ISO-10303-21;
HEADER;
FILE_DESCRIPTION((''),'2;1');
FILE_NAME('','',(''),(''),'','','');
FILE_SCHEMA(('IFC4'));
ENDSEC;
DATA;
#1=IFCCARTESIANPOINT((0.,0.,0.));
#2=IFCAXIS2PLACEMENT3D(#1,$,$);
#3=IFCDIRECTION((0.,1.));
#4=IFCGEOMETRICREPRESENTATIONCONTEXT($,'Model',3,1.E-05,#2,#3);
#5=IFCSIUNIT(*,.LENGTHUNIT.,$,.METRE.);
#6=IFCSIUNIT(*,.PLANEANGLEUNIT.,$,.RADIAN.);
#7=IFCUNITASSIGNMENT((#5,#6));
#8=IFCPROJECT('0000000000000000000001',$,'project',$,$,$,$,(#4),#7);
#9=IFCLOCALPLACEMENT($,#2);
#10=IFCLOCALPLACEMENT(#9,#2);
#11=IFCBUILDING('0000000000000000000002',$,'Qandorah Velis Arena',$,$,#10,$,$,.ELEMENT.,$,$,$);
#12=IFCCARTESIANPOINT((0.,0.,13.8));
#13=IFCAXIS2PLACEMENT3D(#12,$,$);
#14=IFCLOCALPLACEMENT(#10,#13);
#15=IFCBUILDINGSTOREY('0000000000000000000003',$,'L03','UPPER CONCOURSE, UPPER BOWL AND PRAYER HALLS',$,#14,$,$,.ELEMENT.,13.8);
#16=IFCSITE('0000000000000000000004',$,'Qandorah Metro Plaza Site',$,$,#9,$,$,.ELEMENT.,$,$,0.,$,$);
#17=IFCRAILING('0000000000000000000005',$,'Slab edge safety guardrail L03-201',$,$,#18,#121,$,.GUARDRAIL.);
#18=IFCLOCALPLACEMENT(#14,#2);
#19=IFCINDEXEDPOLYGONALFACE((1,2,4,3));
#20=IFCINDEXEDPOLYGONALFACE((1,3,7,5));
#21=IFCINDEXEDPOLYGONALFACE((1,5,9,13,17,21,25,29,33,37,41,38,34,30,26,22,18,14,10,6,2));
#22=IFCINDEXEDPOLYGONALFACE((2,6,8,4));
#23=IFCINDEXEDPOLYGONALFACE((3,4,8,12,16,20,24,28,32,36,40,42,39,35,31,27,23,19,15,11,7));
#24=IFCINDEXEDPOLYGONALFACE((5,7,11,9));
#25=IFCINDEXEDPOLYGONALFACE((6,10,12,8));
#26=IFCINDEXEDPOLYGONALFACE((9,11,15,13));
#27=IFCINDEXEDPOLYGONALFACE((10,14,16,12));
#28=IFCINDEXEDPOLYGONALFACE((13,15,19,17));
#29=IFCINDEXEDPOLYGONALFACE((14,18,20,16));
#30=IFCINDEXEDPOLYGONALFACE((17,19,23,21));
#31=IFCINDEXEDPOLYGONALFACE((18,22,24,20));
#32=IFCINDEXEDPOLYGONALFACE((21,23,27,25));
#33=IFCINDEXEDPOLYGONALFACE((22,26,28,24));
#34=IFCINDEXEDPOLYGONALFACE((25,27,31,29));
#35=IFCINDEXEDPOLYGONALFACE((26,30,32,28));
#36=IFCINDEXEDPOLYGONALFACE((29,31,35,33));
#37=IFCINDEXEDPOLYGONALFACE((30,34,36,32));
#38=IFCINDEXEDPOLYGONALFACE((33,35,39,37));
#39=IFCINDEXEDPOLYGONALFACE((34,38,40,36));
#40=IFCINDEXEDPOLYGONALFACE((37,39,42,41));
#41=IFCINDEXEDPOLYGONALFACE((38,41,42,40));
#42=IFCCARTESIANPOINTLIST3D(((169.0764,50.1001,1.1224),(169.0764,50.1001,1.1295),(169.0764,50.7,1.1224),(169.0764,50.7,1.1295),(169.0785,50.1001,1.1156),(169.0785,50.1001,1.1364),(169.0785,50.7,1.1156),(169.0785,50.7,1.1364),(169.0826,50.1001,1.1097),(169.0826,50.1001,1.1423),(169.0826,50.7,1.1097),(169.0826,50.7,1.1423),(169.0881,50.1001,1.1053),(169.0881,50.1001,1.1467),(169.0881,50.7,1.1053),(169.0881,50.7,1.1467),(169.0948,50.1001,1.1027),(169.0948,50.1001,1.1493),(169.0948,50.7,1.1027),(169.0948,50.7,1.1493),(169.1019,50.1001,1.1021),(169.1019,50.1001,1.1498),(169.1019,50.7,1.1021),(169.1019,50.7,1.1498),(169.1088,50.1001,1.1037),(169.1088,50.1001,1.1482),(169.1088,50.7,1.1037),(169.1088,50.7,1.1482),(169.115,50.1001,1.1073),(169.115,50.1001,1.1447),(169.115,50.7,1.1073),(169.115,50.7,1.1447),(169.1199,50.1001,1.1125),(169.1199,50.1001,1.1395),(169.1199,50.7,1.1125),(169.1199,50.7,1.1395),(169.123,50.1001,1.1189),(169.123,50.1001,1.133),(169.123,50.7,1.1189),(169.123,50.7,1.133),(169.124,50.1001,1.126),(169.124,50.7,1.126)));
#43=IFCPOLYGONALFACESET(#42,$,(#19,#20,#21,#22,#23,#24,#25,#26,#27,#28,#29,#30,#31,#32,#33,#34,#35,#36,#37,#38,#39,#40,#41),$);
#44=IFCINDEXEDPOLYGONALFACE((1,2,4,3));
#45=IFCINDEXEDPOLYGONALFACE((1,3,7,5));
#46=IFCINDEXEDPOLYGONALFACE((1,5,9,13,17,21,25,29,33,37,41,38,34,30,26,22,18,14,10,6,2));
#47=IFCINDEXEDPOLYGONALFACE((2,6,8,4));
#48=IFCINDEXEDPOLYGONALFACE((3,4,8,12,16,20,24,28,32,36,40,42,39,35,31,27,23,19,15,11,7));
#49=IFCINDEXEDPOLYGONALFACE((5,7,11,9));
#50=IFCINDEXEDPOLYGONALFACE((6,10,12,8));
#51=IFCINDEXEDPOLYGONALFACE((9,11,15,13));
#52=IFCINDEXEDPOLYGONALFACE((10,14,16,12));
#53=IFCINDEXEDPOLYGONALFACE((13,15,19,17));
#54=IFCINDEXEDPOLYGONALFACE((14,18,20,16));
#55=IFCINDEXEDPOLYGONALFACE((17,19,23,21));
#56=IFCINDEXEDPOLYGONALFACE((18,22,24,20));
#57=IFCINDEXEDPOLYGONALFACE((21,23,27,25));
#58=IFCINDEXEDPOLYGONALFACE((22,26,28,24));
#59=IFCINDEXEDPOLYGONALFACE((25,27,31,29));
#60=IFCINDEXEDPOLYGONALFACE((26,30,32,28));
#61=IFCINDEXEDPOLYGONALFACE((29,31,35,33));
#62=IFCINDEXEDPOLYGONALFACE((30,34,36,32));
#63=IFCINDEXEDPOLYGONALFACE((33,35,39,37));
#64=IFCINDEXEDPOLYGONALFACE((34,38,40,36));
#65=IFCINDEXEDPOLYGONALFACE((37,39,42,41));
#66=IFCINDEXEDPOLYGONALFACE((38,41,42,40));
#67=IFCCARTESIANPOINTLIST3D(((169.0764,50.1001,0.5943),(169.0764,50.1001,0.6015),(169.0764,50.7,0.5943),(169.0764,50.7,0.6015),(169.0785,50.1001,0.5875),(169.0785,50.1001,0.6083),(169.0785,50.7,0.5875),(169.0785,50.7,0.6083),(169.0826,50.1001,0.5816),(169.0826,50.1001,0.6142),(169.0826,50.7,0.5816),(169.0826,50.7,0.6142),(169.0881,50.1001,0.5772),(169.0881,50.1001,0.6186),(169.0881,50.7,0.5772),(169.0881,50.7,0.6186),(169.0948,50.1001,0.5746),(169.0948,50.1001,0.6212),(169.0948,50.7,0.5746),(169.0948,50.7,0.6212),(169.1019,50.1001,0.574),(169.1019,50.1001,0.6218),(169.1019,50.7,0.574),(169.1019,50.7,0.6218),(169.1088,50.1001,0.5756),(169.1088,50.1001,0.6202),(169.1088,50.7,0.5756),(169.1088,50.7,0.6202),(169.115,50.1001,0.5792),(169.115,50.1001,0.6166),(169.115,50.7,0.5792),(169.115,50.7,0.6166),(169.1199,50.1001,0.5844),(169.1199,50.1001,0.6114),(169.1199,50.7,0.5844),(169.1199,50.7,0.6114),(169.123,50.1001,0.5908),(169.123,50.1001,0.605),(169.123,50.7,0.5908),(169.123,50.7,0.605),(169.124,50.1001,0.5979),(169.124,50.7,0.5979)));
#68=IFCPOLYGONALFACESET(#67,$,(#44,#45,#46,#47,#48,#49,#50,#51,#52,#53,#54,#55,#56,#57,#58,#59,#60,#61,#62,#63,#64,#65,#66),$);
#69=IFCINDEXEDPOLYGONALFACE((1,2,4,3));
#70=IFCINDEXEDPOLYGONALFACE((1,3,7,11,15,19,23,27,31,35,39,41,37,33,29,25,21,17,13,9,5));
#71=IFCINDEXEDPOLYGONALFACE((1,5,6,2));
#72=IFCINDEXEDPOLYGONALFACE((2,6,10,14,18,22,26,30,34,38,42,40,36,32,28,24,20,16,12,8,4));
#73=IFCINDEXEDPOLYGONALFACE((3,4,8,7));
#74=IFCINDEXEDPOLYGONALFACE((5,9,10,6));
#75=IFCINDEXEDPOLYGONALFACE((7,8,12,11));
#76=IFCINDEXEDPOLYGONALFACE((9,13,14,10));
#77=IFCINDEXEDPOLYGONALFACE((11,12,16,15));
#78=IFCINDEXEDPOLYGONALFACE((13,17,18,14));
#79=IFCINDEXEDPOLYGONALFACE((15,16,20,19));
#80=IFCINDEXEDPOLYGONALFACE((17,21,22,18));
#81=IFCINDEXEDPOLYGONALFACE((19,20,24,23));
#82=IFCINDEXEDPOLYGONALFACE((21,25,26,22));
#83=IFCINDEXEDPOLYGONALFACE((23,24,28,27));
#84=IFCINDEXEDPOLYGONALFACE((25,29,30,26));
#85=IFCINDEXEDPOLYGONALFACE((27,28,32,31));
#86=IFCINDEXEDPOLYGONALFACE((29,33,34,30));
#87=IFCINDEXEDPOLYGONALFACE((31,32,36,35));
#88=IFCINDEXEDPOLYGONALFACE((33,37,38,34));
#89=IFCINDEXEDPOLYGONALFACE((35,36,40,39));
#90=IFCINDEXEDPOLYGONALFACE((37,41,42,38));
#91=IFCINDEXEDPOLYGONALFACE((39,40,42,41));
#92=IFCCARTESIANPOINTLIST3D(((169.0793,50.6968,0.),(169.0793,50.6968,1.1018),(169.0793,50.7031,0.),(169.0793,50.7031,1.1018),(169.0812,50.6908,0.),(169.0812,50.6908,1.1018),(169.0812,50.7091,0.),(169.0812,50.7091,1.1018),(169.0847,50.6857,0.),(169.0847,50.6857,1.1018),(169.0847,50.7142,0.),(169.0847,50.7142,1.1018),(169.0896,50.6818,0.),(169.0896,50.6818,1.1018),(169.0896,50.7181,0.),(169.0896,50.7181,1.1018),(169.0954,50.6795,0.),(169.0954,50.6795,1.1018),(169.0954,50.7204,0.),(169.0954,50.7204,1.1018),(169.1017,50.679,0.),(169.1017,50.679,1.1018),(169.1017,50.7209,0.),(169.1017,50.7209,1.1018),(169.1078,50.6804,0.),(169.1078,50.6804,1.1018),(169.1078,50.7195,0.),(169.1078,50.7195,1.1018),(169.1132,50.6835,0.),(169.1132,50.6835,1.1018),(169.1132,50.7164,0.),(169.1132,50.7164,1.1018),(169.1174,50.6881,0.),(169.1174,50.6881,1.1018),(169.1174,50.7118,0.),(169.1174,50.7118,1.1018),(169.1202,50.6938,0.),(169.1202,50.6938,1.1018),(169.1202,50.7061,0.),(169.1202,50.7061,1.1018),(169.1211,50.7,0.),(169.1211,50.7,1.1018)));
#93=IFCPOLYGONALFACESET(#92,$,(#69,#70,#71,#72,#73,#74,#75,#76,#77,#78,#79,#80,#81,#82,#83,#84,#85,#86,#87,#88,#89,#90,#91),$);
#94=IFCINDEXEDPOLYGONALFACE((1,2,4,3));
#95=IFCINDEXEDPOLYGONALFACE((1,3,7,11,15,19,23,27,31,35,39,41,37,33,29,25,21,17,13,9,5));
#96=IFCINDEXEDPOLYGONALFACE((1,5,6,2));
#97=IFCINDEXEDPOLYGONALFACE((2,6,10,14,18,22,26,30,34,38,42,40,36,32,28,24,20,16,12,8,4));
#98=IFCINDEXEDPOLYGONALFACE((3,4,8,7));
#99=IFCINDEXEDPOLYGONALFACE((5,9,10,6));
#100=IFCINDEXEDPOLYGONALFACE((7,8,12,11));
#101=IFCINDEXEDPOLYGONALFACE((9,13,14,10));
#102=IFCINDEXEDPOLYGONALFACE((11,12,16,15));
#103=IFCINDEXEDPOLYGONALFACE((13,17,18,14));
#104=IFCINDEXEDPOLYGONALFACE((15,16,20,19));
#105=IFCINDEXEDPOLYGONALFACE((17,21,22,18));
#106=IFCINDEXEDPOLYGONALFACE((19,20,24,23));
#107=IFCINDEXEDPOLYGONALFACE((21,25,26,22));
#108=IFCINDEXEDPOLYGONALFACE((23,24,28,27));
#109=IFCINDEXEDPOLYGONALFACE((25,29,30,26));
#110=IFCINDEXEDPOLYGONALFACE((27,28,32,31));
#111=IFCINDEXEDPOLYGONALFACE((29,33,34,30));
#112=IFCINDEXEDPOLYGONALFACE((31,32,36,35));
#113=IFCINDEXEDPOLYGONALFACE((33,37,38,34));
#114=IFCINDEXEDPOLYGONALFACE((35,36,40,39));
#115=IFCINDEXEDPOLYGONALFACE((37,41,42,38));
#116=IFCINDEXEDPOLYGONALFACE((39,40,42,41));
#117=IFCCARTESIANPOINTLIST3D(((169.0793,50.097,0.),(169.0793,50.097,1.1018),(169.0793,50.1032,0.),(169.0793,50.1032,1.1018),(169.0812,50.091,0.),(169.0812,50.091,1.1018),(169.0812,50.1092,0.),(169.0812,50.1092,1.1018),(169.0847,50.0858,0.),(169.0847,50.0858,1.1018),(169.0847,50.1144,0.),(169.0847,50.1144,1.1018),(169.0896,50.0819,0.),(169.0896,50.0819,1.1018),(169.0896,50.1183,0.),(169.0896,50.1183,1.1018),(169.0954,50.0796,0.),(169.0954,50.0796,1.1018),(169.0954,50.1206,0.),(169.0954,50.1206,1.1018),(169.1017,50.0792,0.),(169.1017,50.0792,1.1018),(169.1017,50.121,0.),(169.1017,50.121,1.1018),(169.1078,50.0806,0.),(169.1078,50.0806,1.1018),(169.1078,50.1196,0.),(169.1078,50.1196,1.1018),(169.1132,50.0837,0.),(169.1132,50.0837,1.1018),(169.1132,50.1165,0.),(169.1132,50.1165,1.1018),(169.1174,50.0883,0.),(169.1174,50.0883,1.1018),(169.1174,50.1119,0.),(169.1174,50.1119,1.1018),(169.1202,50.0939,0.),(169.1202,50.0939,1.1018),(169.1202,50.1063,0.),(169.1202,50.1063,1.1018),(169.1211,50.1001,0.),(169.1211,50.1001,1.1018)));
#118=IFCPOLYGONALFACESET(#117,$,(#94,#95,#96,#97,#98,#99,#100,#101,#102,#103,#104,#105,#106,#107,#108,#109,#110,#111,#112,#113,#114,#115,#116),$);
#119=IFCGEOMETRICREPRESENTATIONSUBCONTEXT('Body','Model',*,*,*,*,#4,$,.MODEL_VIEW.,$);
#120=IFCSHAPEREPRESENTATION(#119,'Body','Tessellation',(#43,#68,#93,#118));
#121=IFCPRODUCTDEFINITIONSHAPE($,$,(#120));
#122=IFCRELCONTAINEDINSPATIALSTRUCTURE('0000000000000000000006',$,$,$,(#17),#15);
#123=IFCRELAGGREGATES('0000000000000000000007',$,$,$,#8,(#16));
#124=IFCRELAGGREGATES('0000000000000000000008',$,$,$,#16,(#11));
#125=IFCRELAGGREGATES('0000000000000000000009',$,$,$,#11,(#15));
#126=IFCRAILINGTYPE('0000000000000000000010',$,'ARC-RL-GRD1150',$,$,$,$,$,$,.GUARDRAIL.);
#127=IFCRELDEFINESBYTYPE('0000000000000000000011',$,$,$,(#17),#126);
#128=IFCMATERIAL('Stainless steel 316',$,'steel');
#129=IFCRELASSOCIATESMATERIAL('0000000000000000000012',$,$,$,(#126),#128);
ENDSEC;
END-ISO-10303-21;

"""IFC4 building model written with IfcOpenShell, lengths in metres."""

from ifc_helpers import new_model, si_unit, direction, frame, origin, origin_2d, place, context, subcontext, project, spatial, circle, extrude, material, type_object, element, save


model = new_model("IFC4")

# Units and contexts
model_context = context("Model", 3, precision=1e-05, world=origin(), true_north=direction((0.0, 1.0)))
body_context = subcontext(model_context, "Body", "Model", "MODEL_VIEW")
ifc_project = project(units=[si_unit("LENGTHUNIT", "METRE"), si_unit("PLANEANGLEUNIT", "RADIAN")], contexts=[model_context])

# Site, building, storey
site_placement = place(None, origin())
site = spatial("IfcSite", under=ifc_project, at=site_placement, Name="Qandorah Metro Plaza Site", CompositionType="ELEMENT", RefElevation=0.0)
building_placement = place(site_placement, origin())
building = spatial("IfcBuilding", under=site, at=building_placement, Name="Qandorah Velis Arena", CompositionType="ELEMENT")
storey_placement = place(building_placement, frame((0.0, 0.0, 13.8)))
storey = spatial("IfcBuildingStorey", under=building, at=storey_placement, Name="L03", Description="UPPER CONCOURSE, UPPER BOWL AND PRAYER HALLS", CompositionType="ELEMENT", Elevation=13.8)

# Railing
ifc_material_1 = material(Name="Stainless steel 316", Category="steel")
railing_type = type_object("IfcRailingType", Name="ARC-RL-GRD1150", PredefinedType="GUARDRAIL", material=ifc_material_1)
railing_placement = place(storey_placement, frame((169.1001, 50.7, 0.0)))
element("IfcRailing", 1, at=railing_placement, inside=storey, type_object=railing_type, Name="Slab edge safety guardrail L03-201", PredefinedType="GUARDRAIL", context=body_context, shape_type="SweptSolid", body=[
    extrude(circle(Radius=0.0239, at=origin_2d()), frame((0.0, 0.0, 1.126), z_axis=(0.0, -1.0, 0.0), x_axis=(1.0, 0.0, 0.0)), (0.0, 0.0, 1.0), 0.5999),
    extrude(circle(Radius=0.0239, at=origin_2d()), frame((0.0, 0.0, 0.5979), z_axis=(0.0, -1.0, 0.0), x_axis=(1.0, 0.0, 0.0)), (0.0, 0.0, 1.0), 0.5999),
    extrude(circle(Radius=0.021, at=origin_2d()), origin(), (0.0, 0.0, 1.0), 1.1018),
    extrude(circle(Radius=0.021, at=origin_2d()), frame((0.0, -0.5999, 0.0)), (0.0, 0.0, 1.0), 1.1018),
])

save(model, "model.ifc")
